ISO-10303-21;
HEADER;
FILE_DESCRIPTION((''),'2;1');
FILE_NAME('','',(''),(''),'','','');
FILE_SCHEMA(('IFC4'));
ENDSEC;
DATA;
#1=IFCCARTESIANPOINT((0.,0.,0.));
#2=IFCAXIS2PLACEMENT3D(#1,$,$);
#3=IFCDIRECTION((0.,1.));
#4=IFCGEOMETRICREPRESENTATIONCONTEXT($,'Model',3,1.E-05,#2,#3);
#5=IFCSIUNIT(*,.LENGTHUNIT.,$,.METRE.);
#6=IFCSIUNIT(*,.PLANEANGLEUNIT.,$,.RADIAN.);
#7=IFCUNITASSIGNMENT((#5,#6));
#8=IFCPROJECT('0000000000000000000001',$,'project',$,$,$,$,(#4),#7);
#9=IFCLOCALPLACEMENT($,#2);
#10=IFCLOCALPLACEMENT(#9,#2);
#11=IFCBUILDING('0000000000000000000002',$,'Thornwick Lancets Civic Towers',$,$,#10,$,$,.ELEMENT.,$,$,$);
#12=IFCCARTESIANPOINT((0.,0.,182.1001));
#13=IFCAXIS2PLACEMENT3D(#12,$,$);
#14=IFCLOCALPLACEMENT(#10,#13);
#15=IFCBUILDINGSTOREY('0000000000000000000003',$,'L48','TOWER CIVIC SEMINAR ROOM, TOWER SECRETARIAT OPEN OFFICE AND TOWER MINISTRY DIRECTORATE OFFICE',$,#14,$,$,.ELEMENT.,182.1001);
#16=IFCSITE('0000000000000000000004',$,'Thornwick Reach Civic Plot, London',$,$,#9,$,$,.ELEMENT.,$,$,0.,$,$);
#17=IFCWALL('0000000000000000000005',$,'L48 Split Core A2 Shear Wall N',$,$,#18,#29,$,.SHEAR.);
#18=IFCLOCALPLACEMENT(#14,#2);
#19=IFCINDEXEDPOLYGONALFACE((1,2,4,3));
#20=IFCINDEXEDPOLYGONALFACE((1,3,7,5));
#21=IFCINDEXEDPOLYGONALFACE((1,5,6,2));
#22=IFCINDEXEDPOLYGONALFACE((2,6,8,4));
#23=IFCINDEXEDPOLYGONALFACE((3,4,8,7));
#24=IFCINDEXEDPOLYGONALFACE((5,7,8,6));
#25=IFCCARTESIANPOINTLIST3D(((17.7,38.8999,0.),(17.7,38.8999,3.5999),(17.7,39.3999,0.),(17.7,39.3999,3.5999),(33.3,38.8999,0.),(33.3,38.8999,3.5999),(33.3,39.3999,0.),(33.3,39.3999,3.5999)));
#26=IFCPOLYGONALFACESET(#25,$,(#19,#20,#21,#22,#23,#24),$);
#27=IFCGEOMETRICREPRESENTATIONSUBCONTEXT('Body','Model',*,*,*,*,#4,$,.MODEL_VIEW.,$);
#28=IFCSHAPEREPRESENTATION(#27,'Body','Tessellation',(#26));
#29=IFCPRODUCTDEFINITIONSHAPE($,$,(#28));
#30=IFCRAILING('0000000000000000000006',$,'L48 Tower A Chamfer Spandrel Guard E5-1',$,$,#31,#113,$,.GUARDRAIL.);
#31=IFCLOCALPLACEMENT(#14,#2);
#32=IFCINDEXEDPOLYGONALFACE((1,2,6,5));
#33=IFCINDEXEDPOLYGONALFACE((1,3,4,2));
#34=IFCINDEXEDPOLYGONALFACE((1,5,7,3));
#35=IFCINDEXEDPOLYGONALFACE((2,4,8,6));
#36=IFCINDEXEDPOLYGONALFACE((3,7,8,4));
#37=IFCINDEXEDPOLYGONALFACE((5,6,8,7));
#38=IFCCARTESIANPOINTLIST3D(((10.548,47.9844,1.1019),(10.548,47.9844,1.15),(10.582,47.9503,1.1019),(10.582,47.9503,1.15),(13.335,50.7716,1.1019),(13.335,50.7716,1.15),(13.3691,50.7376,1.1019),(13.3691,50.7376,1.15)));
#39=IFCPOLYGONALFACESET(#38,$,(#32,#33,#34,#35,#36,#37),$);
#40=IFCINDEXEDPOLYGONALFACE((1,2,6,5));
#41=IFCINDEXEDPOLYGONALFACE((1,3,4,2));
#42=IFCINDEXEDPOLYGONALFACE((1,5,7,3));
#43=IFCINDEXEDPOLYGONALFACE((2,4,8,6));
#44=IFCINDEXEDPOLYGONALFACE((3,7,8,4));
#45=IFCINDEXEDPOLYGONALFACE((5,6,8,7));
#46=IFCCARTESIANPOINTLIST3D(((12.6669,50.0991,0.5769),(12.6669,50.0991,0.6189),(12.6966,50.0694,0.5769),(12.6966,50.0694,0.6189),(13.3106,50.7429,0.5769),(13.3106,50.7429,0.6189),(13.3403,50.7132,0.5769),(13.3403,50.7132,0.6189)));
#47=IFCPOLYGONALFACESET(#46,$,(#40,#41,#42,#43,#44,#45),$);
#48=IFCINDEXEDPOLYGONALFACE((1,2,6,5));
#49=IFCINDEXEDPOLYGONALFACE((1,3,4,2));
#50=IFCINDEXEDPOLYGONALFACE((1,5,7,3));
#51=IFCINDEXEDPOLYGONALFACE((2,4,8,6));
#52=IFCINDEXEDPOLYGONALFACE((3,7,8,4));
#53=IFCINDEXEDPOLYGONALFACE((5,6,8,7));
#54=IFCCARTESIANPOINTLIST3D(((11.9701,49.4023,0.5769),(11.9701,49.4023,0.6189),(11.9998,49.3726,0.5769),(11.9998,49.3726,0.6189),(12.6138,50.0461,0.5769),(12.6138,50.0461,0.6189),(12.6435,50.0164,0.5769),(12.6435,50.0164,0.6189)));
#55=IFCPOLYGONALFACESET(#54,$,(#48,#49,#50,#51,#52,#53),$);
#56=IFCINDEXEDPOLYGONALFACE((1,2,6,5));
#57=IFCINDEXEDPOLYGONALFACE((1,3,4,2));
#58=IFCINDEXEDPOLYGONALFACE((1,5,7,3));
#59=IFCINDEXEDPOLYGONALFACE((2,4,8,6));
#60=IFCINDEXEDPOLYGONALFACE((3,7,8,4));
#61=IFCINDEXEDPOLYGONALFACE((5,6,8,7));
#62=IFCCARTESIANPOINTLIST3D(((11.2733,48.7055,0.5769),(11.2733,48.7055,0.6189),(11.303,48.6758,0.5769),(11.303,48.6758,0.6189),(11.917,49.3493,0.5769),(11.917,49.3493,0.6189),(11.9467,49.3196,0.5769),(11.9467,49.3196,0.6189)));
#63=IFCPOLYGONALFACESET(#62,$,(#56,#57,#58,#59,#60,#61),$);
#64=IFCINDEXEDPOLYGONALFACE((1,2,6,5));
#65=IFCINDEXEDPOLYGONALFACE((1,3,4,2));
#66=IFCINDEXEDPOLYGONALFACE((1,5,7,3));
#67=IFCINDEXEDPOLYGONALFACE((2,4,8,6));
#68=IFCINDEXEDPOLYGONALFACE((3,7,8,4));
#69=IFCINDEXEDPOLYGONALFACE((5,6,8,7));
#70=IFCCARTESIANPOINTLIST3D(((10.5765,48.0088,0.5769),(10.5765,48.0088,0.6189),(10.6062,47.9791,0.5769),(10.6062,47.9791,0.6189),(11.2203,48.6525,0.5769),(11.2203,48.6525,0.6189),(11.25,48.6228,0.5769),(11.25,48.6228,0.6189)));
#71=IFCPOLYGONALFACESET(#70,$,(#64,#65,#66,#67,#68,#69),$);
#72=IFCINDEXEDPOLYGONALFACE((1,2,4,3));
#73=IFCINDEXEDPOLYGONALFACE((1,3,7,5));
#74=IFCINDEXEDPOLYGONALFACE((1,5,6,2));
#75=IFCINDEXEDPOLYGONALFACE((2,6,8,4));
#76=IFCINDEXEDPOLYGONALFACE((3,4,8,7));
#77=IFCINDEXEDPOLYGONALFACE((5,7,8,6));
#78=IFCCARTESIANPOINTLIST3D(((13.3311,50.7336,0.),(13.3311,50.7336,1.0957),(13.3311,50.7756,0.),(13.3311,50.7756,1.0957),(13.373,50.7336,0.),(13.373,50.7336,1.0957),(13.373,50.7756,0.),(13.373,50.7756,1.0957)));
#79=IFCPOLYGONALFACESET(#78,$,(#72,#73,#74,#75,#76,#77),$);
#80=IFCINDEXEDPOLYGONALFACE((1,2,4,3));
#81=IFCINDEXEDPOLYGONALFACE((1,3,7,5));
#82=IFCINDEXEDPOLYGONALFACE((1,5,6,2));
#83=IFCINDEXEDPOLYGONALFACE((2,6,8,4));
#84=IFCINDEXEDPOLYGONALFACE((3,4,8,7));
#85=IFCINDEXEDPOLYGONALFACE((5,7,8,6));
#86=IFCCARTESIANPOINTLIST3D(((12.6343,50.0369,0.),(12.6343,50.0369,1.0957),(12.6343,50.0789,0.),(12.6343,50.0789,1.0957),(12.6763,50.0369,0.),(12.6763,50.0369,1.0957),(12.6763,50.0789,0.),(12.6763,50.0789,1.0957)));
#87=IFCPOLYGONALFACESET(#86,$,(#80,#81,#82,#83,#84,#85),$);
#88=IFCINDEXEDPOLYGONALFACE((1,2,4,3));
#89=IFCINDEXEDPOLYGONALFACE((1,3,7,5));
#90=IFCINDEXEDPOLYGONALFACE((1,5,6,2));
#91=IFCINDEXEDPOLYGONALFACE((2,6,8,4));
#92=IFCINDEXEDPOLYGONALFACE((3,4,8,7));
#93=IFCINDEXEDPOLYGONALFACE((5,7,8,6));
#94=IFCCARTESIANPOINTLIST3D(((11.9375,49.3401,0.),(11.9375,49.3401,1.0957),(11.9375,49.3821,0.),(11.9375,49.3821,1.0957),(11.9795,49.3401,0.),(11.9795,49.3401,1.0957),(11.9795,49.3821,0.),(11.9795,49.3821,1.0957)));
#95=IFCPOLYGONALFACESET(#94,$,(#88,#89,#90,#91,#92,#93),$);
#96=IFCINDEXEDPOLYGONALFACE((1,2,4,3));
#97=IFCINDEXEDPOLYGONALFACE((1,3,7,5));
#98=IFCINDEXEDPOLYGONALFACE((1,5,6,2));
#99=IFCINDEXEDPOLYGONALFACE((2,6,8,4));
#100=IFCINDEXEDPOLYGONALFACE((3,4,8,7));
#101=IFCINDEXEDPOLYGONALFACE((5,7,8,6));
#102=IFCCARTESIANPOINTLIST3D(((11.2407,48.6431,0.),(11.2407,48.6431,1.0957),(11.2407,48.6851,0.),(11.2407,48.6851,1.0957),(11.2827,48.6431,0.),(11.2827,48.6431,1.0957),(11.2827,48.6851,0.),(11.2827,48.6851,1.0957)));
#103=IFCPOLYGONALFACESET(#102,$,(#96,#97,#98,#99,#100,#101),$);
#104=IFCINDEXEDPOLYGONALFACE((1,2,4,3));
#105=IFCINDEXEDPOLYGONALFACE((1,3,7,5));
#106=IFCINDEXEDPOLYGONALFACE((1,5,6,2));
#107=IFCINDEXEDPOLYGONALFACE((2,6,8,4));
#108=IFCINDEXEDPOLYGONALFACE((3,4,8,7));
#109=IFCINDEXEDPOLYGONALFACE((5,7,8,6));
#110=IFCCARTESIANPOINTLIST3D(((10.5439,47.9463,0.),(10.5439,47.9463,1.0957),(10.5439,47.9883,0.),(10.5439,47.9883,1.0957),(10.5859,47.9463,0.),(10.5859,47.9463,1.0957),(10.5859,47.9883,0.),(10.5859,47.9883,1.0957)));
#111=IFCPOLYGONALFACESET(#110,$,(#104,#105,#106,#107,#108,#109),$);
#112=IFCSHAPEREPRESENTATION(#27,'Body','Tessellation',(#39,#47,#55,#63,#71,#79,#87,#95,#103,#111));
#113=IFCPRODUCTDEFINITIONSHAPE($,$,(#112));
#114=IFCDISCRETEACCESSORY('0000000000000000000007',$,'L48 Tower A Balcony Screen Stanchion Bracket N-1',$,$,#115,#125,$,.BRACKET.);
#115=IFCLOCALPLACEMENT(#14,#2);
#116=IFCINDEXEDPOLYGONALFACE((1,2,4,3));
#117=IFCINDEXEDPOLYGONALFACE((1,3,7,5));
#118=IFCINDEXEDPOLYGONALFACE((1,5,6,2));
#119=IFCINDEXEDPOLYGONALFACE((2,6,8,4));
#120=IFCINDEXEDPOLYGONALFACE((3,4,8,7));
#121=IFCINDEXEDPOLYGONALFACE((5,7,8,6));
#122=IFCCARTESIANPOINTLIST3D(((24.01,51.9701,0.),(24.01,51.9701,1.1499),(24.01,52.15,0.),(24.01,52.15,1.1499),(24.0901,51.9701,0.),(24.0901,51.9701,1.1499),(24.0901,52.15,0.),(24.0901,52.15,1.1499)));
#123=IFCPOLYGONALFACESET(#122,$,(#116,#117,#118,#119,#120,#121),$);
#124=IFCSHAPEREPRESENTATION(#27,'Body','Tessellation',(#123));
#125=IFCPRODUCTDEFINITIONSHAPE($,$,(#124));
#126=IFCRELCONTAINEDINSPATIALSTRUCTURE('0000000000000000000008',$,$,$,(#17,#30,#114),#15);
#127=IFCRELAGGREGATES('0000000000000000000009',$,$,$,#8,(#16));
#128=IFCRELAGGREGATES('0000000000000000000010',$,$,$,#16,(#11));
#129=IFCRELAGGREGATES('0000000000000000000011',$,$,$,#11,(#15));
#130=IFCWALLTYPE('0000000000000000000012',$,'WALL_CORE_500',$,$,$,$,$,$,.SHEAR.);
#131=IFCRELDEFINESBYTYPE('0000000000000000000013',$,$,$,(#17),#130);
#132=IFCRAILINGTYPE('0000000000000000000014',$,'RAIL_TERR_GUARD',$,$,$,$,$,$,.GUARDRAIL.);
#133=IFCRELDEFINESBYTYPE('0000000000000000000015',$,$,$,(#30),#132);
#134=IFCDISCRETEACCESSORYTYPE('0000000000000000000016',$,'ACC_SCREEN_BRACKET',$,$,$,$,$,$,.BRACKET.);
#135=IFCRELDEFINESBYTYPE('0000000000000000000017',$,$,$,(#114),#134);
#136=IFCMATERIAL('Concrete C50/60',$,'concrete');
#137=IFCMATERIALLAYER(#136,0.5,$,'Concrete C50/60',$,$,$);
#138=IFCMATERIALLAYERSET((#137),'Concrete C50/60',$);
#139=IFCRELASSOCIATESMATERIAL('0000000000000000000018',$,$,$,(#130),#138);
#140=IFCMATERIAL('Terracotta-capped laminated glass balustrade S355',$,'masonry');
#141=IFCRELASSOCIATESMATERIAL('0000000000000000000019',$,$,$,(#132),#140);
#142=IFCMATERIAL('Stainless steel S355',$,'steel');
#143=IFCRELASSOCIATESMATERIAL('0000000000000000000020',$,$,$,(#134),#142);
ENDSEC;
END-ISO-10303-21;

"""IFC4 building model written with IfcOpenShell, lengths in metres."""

from ifc_helpers import new_model, si_unit, direction, frame, frame_2d, origin, origin_2d, place, context, subcontext, project, spatial, rectangle, extrude, material, layer, layer_set, type_object, element, save


model = new_model("IFC4")

# Units and contexts
model_context = context("Model", 3, precision=1e-05, world=origin(), true_north=direction((0.0, 1.0)))
body_context = subcontext(model_context, "Body", "Model", "MODEL_VIEW")
ifc_project = project(units=[si_unit("LENGTHUNIT", "METRE"), si_unit("PLANEANGLEUNIT", "RADIAN")], contexts=[model_context])

# Site, building, storey
site_placement = place(None, origin())
site = spatial("IfcSite", under=ifc_project, at=site_placement, Name="Thornwick Reach Civic Plot, London", CompositionType="ELEMENT", RefElevation=0.0)
building_placement = place(site_placement, origin())
building = spatial("IfcBuilding", under=site, at=building_placement, Name="Thornwick Lancets Civic Towers", CompositionType="ELEMENT")
storey_placement = place(building_placement, frame((0.0, 0.0, 182.1001)))
storey = spatial("IfcBuildingStorey", under=building, at=storey_placement, Name="L48", Description="TOWER CIVIC SEMINAR ROOM, TOWER SECRETARIAT OPEN OFFICE AND TOWER MINISTRY DIRECTORATE OFFICE", CompositionType="ELEMENT", Elevation=182.1001)

# Shared definitions
ifc_material_1 = material(Name="Concrete C50/60", Category="concrete")

# Wall
ifc_layer_1 = layer(ifc_material_1, 0.5, Name="Concrete C50/60")
ifc_layer_set_1 = layer_set([ifc_layer_1], Name="Concrete C50/60")
wall_type_1 = type_object("IfcWallType", Name="WALL_CORE_500", PredefinedType="SHEAR", material=ifc_layer_set_1)
wall_1_placement = place(storey_placement, frame((17.7, 39.1499, 0.0), z_axis=(0.0, 0.0, 1.0), x_axis=(1.0, 0.0, 0.0)))
element("IfcWall", 1, at=wall_1_placement, inside=storey, type_object=wall_type_1, Name="L48 Split Core A2 Shear Wall N", PredefinedType="SHEAR", context=body_context, shape_type="SweptSolid", body=[
    extrude(rectangle(XDim=15.6001, YDim=0.5, at=frame_2d((7.8, 0.0))), origin(), (0.0, 0.0, 1.0), 3.5999),
])

# Railing
ifc_material_2 = material(Name="Terracotta-capped laminated glass balustrade S355", Category="masonry")
railing_type = type_object("IfcRailingType", Name="RAIL_TERR_GUARD", PredefinedType="GUARDRAIL", material=ifc_material_2)
railing_placement = place(storey_placement, frame((13.3521, 50.7546, 0.0)))
element("IfcRailing", 2, at=railing_placement, inside=storey, type_object=railing_type, Name="L48 Tower A Chamfer Spandrel Guard E5-1", PredefinedType="GUARDRAIL", context=body_context, shape_type="SweptSolid", body=[
    extrude(rectangle(XDim=0.0481, YDim=0.0481, at=origin_2d()), frame((0.0, 0.0, 1.126), z_axis=(-0.707076, -0.707138, 0.0), x_axis=(0.707138, -0.707076, 0.0)), (0.0, 0.0, 1.0), 3.9417),
    extrude(rectangle(XDim=0.042, YDim=0.042, at=origin_2d()), frame((-0.0266, -0.0266, 0.5979), z_axis=(-0.707076, -0.707138, 0.0), x_axis=(0.707138, -0.707076, 0.0)), (0.0, 0.0, 1.0), 0.9104),
    extrude(rectangle(XDim=0.042, YDim=0.042, at=origin_2d()), frame((-0.7234, -0.7234, 0.5979), z_axis=(-0.707076, -0.707138, 0.0), x_axis=(0.707138, -0.707076, 0.0)), (0.0, 0.0, 1.0), 0.9104),
    extrude(rectangle(XDim=0.042, YDim=0.042, at=origin_2d()), frame((-1.4202, -1.4202, 0.5979), z_axis=(-0.707076, -0.707138, 0.0), x_axis=(0.707138, -0.707076, 0.0)), (0.0, 0.0, 1.0), 0.9104),
    extrude(rectangle(XDim=0.042, YDim=0.042, at=origin_2d()), frame((-2.1169, -2.1169, 0.5979), z_axis=(-0.707076, -0.707138, 0.0), x_axis=(0.707138, -0.707076, 0.0)), (0.0, 0.0, 1.0), 0.9104),
    extrude(rectangle(XDim=0.042, YDim=0.042, at=origin_2d()), origin(), (0.0, 0.0, 1.0), 1.0957),
    extrude(rectangle(XDim=0.042, YDim=0.042, at=origin_2d()), frame((-0.6968, -0.6968, 0.0)), (0.0, 0.0, 1.0), 1.0957),
    extrude(rectangle(XDim=0.042, YDim=0.042, at=origin_2d()), frame((-1.3936, -1.3936, 0.0)), (0.0, 0.0, 1.0), 1.0957),
    extrude(rectangle(XDim=0.042, YDim=0.042, at=origin_2d()), frame((-2.0903, -2.0906, 0.0)), (0.0, 0.0, 1.0), 1.0957),
    extrude(rectangle(XDim=0.042, YDim=0.042, at=origin_2d()), frame((-2.7871, -2.7874, 0.0)), (0.0, 0.0, 1.0), 1.0957),
])

# Discrete accessory
ifc_material_3 = material(Name="Stainless steel S355", Category="steel")
discrete_accessory_type = type_object("IfcDiscreteAccessoryType", Name="ACC_SCREEN_BRACKET", PredefinedType="BRACKET", material=ifc_material_3)
discrete_accessory_placement = place(storey_placement, frame((24.05, 52.0601, 0.0), z_axis=(0.0, 0.0, 1.0), x_axis=(1.0, 0.0, 0.0)))
element("IfcDiscreteAccessory", 3, at=discrete_accessory_placement, inside=storey, type_object=discrete_accessory_type, Name="L48 Tower A Balcony Screen Stanchion Bracket N-1", PredefinedType="BRACKET", context=body_context, shape_type="SweptSolid", body=[
    extrude(rectangle(XDim=0.0801, YDim=0.1799, at=origin_2d()), origin(), (0.0, 0.0, 1.0), 1.1499),
])

save(model, "model.ifc")
